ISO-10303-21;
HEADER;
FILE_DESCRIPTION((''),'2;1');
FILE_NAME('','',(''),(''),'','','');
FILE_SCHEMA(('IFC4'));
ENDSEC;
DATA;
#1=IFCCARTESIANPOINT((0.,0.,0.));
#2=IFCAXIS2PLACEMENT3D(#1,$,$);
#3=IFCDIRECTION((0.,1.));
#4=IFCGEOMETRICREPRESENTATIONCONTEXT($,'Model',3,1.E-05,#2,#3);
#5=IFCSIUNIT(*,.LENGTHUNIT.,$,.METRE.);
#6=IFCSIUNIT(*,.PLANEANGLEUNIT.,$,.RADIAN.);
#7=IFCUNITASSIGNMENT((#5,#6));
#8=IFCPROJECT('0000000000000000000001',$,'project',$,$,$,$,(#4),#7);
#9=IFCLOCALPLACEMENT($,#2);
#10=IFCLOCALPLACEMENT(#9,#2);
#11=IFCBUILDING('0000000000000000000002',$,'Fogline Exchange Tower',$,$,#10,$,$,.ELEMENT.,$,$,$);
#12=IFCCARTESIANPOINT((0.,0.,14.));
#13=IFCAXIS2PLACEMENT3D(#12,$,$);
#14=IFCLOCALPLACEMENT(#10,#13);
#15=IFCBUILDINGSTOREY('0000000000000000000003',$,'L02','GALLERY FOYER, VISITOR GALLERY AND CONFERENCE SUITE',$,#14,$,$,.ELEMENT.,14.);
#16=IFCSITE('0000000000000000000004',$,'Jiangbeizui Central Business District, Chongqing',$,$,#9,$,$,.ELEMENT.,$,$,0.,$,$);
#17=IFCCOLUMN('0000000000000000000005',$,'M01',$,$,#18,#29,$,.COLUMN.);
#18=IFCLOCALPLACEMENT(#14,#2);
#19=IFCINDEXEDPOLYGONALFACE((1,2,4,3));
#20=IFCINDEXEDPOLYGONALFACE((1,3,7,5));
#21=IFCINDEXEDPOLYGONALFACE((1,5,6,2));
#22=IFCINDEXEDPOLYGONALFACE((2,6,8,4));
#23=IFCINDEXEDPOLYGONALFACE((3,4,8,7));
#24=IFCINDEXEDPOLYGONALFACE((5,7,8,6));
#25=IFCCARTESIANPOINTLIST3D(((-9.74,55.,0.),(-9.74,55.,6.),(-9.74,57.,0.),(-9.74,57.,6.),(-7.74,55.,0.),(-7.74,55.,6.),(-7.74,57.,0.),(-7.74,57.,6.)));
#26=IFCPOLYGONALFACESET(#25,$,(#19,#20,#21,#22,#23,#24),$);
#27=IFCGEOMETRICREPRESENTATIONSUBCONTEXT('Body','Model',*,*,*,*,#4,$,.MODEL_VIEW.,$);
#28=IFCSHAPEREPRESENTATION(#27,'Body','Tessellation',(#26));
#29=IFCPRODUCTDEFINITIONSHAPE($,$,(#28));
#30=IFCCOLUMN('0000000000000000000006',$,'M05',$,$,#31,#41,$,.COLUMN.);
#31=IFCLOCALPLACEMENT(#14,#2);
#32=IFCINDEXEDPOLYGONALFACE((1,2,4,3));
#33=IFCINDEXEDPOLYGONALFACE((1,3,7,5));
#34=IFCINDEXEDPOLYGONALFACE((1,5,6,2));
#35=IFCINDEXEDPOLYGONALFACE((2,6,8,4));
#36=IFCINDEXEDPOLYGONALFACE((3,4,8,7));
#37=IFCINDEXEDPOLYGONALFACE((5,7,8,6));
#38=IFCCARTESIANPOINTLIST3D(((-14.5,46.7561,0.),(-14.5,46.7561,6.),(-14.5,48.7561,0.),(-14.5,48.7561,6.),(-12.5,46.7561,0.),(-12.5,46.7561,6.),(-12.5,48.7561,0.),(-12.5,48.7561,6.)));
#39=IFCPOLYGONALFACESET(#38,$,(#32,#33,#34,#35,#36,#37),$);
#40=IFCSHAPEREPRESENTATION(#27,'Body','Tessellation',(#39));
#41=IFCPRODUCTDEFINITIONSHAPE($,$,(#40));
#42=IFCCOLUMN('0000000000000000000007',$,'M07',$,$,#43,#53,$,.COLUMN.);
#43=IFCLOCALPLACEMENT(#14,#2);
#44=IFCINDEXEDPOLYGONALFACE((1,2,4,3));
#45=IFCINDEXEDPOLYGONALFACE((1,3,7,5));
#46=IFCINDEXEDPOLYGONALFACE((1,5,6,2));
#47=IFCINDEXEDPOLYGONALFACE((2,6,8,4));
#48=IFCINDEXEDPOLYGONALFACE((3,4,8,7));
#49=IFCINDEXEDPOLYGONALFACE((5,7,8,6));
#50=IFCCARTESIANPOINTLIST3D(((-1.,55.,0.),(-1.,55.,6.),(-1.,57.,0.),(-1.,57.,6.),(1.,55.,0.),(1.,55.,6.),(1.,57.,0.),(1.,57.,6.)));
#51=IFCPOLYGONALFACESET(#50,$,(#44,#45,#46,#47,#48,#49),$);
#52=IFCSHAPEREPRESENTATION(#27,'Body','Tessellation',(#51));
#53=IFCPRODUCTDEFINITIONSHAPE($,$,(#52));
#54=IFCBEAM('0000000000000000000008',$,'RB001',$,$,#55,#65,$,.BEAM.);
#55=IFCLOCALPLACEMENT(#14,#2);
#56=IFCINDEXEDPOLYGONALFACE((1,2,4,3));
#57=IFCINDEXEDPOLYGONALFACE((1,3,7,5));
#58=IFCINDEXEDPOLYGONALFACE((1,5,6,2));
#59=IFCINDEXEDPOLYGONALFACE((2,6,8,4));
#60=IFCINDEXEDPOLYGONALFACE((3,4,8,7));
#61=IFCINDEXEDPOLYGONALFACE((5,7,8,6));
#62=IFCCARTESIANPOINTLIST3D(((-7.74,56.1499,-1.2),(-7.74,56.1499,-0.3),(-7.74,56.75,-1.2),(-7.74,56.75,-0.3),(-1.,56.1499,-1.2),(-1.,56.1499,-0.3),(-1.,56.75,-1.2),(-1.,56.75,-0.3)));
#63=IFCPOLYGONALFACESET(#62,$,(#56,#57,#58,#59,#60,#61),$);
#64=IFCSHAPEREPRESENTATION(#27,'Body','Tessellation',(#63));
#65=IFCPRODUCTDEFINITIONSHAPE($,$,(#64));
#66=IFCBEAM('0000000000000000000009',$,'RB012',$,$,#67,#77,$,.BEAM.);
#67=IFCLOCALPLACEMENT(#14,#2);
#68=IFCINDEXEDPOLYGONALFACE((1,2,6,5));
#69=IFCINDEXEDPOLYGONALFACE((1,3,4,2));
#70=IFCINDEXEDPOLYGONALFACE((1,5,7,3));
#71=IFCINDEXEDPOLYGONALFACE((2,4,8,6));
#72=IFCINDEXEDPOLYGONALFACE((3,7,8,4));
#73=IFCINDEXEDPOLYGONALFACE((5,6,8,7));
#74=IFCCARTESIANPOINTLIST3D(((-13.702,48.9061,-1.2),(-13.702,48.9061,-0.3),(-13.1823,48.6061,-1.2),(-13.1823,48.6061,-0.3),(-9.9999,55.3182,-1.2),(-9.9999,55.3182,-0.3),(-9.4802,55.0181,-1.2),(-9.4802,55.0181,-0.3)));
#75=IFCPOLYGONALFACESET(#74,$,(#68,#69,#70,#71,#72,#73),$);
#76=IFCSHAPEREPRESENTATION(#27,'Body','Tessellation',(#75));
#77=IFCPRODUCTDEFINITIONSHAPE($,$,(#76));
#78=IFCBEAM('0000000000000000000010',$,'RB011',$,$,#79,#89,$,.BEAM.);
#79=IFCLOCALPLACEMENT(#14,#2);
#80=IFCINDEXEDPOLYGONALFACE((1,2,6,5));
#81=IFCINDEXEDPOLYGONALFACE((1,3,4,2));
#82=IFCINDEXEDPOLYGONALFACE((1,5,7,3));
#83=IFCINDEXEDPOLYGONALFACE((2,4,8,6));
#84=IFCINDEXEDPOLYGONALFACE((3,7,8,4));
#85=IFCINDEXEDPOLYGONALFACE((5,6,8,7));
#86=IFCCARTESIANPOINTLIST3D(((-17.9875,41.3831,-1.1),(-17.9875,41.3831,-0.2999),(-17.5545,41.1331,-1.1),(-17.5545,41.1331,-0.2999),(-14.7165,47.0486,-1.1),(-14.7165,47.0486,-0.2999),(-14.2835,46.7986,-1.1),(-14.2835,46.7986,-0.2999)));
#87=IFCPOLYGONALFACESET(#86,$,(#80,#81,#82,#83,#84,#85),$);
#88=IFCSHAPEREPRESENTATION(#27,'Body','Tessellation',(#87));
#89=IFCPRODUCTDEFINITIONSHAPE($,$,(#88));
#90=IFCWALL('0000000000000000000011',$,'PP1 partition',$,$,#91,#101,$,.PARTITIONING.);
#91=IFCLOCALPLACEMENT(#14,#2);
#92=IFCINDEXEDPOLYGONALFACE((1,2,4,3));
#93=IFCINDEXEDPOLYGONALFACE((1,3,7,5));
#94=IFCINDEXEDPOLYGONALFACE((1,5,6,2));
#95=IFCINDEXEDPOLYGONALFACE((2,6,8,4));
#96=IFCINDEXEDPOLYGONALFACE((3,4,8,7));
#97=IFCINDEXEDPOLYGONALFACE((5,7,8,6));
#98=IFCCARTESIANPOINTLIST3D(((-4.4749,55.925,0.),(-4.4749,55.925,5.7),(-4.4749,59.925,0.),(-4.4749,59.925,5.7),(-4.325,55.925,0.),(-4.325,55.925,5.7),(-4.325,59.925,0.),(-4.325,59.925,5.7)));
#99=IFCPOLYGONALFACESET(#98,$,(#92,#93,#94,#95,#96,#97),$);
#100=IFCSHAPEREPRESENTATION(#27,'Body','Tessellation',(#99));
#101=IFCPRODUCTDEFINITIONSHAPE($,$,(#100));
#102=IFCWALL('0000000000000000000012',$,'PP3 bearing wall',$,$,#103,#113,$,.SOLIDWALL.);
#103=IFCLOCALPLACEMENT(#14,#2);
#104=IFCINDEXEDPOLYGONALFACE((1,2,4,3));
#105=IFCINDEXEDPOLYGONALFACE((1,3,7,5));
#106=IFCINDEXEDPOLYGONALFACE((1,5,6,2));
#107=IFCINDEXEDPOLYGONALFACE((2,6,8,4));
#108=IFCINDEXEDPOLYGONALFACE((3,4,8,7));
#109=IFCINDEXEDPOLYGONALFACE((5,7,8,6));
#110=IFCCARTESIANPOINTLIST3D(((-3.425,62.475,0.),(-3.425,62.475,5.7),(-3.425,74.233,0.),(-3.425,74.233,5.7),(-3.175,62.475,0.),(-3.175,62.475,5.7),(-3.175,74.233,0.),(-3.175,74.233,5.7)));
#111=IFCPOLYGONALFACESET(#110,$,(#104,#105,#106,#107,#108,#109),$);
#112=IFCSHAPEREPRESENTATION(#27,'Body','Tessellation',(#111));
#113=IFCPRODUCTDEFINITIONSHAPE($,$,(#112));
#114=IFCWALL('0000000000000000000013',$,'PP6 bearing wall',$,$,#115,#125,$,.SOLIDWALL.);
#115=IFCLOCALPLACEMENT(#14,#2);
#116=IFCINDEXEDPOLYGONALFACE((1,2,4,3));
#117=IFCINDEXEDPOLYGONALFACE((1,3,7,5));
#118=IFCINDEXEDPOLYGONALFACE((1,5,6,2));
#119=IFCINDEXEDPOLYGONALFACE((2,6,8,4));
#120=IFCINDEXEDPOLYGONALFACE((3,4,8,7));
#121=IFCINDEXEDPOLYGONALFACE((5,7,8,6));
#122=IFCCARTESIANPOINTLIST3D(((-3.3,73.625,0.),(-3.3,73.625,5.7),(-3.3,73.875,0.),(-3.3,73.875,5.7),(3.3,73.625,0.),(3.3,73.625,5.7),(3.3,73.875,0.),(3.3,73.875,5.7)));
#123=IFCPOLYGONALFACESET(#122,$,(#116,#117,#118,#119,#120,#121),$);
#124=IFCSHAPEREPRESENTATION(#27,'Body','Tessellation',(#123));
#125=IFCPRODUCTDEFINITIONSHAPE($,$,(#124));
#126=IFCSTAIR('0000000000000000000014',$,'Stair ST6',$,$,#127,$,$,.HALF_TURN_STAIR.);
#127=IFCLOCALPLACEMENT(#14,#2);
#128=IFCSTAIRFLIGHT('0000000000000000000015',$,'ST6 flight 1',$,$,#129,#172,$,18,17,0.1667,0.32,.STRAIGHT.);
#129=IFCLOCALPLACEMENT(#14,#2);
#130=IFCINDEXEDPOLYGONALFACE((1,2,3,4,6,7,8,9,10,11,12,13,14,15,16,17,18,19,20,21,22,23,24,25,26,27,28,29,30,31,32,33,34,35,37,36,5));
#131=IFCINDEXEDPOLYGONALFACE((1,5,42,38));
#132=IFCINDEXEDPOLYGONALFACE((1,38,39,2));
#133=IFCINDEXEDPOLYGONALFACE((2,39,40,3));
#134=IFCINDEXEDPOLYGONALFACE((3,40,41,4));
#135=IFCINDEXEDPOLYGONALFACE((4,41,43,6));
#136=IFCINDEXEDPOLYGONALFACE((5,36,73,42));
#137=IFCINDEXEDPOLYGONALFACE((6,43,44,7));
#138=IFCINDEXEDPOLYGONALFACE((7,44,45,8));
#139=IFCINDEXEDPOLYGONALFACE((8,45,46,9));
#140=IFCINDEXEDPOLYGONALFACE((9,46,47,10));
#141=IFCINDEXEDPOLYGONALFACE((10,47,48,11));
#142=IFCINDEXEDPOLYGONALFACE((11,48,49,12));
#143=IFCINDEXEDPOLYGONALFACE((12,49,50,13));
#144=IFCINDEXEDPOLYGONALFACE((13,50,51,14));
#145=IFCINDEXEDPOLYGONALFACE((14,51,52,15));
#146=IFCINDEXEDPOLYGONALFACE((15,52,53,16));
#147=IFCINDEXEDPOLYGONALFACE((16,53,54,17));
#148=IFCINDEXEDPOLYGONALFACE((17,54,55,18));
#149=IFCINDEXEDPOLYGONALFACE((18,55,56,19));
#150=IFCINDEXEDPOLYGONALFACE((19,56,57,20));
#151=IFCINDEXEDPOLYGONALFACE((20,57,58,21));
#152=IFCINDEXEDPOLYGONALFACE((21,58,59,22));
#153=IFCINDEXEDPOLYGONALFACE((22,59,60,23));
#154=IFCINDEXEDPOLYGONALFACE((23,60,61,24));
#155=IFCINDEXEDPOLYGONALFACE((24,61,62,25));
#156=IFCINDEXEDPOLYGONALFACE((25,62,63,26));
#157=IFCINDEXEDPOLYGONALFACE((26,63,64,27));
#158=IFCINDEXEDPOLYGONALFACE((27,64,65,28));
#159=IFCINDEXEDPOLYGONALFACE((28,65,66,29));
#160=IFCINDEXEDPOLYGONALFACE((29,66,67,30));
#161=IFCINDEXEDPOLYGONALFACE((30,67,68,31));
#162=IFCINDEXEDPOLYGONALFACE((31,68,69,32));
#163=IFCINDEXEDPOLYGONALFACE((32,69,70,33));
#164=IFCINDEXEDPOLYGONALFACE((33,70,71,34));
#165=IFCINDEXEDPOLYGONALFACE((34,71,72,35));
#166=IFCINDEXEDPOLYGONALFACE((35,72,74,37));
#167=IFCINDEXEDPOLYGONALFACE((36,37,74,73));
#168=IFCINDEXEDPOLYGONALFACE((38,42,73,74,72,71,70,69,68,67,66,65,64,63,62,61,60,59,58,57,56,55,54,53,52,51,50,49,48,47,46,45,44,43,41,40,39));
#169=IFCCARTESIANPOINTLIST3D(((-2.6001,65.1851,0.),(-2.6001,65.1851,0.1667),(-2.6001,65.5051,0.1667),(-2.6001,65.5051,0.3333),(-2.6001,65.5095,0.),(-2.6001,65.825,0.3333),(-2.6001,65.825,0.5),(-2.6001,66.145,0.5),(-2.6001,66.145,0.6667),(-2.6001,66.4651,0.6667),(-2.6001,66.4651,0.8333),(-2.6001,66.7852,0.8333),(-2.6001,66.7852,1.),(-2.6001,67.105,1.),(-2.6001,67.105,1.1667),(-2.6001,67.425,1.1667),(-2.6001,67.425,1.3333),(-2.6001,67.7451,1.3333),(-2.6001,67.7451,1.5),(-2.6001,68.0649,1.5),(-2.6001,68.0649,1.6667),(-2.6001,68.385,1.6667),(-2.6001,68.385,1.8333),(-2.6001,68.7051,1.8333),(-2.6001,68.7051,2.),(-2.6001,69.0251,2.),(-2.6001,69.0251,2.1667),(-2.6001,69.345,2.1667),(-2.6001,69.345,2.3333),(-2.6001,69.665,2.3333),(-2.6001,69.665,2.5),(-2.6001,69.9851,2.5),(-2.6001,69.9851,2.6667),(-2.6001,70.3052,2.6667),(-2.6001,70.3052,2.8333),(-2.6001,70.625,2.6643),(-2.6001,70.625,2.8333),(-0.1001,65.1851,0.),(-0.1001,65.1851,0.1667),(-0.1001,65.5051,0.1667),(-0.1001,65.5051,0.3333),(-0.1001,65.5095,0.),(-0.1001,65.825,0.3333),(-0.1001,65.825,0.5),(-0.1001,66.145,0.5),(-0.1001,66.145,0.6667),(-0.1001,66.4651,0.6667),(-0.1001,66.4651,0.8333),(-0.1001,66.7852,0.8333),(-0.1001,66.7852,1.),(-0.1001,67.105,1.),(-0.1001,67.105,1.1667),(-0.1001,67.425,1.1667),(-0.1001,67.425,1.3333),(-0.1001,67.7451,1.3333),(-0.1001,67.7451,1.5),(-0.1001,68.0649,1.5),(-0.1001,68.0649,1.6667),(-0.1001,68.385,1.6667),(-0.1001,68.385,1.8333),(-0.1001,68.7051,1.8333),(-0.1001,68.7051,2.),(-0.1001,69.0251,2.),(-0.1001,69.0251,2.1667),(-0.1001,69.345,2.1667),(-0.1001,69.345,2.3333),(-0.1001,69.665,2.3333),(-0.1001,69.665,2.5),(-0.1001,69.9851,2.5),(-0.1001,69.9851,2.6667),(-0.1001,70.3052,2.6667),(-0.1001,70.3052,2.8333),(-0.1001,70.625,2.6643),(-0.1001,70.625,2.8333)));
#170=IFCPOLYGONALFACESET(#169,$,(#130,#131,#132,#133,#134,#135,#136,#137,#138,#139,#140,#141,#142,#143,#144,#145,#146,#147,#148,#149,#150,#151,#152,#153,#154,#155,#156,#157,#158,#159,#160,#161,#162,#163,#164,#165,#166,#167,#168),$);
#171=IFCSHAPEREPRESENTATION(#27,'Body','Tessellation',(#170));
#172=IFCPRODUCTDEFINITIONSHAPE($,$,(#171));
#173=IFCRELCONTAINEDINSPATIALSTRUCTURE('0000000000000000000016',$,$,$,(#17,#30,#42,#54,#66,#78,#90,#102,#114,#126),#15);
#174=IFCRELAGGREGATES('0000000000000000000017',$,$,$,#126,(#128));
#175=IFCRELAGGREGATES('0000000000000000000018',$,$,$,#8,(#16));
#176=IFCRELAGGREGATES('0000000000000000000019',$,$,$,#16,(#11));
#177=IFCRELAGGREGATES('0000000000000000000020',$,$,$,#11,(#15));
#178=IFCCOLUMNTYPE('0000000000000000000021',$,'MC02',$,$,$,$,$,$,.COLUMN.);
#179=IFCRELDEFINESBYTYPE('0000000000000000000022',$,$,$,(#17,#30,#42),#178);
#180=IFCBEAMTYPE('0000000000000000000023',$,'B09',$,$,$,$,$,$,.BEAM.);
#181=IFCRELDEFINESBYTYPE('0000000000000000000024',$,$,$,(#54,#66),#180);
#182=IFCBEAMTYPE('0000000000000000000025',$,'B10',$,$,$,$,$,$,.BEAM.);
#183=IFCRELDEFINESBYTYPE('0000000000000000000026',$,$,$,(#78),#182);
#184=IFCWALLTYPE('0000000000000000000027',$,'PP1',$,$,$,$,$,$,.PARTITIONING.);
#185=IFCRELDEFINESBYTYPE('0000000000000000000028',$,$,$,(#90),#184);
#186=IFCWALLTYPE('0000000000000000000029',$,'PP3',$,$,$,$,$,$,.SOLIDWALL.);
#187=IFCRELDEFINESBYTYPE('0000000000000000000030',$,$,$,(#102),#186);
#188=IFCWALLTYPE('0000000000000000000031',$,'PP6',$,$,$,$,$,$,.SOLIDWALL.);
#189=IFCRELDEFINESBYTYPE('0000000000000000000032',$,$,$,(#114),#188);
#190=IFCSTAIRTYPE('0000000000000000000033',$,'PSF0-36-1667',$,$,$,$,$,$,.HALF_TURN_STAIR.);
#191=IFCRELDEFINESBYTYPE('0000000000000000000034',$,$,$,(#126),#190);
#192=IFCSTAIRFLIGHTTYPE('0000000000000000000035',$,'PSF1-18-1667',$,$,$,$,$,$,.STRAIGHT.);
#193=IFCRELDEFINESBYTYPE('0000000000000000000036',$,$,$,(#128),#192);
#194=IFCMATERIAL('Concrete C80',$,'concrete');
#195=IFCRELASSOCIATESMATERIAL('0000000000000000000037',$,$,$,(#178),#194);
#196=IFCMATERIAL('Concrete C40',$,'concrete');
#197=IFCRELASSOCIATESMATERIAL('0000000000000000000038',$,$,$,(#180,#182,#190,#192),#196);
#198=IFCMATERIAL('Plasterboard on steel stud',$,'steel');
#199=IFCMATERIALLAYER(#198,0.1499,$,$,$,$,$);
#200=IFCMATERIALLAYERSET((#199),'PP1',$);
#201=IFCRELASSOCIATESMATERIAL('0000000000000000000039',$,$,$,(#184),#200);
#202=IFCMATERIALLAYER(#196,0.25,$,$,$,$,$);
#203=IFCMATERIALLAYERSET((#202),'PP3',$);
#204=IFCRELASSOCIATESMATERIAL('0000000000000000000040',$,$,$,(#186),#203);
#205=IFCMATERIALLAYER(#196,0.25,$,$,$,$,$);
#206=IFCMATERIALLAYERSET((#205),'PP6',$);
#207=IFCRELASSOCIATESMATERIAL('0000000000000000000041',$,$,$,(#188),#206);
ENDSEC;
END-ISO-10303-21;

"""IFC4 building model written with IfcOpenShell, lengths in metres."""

from ifc_helpers import new_model, si_unit, direction, frame, frame_2d, origin, origin_2d, place, context, subcontext, project, spatial, polyline, rectangle, outline, extrude, material, layer, layer_set, material_profile, profile_set, type_object, element, aggregate, save


model = new_model("IFC4")

# Units and contexts
model_context = context("Model", 3, precision=1e-05, world=origin(), true_north=direction((0.0, 1.0)))
body_context = subcontext(model_context, "Body", "Model", "MODEL_VIEW")
ifc_project = project(units=[si_unit("LENGTHUNIT", "METRE"), si_unit("PLANEANGLEUNIT", "RADIAN")], contexts=[model_context])

# Site, building, storey
site_placement = place(None, origin())
site = spatial("IfcSite", under=ifc_project, at=site_placement, Name="Jiangbeizui Central Business District, Chongqing", CompositionType="ELEMENT", RefElevation=0.0)
building_placement = place(site_placement, origin())
building = spatial("IfcBuilding", under=site, at=building_placement, Name="Fogline Exchange Tower", CompositionType="ELEMENT")
storey_placement = place(building_placement, frame((0.0, 0.0, 14.0)))
storey = spatial("IfcBuildingStorey", under=building, at=storey_placement, Name="L02", Description="GALLERY FOYER, VISITOR GALLERY AND CONFERENCE SUITE", CompositionType="ELEMENT", Elevation=14.0)

# Columns
ifc_material_1 = material(Name="Concrete C80", Category="concrete")
ifc_material_profile_1 = material_profile(ifc_material_1, rectangle(XDim=2.0, YDim=2.0, at=origin_2d()), Name="RC 2000x2000")
ifc_profile_set_1 = profile_set([ifc_material_profile_1], Name="Concrete C80")
column_type = type_object("IfcColumnType", Name="MC02", PredefinedType="COLUMN", material=ifc_profile_set_1)
for number, where, z_axis, x_axis, name in (
    (1, (-8.74, 56.0, 0.0), (0.0, 0.0, 1.0), (1.0, 0.0, 0.0), "M01"),
    (2, (-13.5, 47.7561, 0.0), (0.0, 0.0, 1.0), (1.0, 0.0, 0.0), "M05"),
    (3, (0.0, 56.0, 0.0), (0.0, 0.0, 1.0), (1.0, 0.0, 0.0), "M07"),
):
    element("IfcColumn", number, at=place(storey_placement, frame(where, z_axis=z_axis, x_axis=x_axis)), inside=storey, type_object=column_type, Name=name, PredefinedType="COLUMN", context=body_context, shape_type="SweptSolid", body=[
        extrude(rectangle(XDim=2.0, YDim=2.0, at=origin_2d()), origin(), (0.0, 0.0, 1.0), 6.0),
    ])

# Beams
ifc_material_2 = material(Name="Concrete C40", Category="concrete")
ifc_material_profile_2 = material_profile(ifc_material_2, rectangle(XDim=0.6001, YDim=0.8999, at=origin_2d()), Name="RC 600x900")
ifc_profile_set_2 = profile_set([ifc_material_profile_2], Name="Concrete C40")
beam_type_1 = type_object("IfcBeamType", Name="B09", PredefinedType="BEAM", material=ifc_profile_set_2)
beam_1_placement = place(storey_placement, frame((-7.74, 56.45, -0.75), z_axis=(1.0, 0.0, 0.0), x_axis=(0.0, 1.0, 0.0)))
element("IfcBeam", 4, at=beam_1_placement, inside=storey, type_object=beam_type_1, Name="RB001", PredefinedType="BEAM", context=body_context, shape_type="SweptSolid", body=[
    extrude(rectangle(XDim=0.6001, YDim=0.8999, at=origin_2d()), origin(), (0.0, 0.0, 1.0), 6.74),
])
beam_2_placement = place(storey_placement, frame((-13.4421, 48.7561, -0.75), z_axis=(0.500012, 0.866019, 0.0), x_axis=(-0.866019, 0.500012, 0.0)))
element("IfcBeam", 5, at=beam_2_placement, inside=storey, type_object=beam_type_1, Name="RB012", PredefinedType="BEAM", context=body_context, shape_type="SweptSolid", body=[
    extrude(rectangle(XDim=0.6001, YDim=0.8999, at=origin_2d()), origin(), (0.0, 0.0, 1.0), 7.4041),
])
ifc_material_profile_3 = material_profile(ifc_material_2, rectangle(XDim=0.5, YDim=0.8, at=origin_2d()), Name="RC 500x800")
ifc_profile_set_3 = profile_set([ifc_material_profile_3], Name="Concrete C40")
beam_type_2 = type_object("IfcBeamType", Name="B10", PredefinedType="BEAM", material=ifc_profile_set_3)
beam_3_placement = place(storey_placement, frame((-17.771, 41.2581, -0.7), z_axis=(0.5, 0.866025, 0.0), x_axis=(-0.866025, 0.5, 0.0)))
element("IfcBeam", 6, at=beam_3_placement, inside=storey, type_object=beam_type_2, Name="RB011", PredefinedType="BEAM", context=body_context, shape_type="SweptSolid", body=[
    extrude(rectangle(XDim=0.5, YDim=0.8, at=origin_2d()), origin(), (0.0, 0.0, 1.0), 6.542),
])

# Shared definitions
ifc_material_3 = material(Name="Plasterboard on steel stud", Category="steel")
ifc_layer_1 = layer(ifc_material_3, 0.1499)
ifc_layer_set_1 = layer_set([ifc_layer_1], Name="PP1")
wall_type_1 = type_object("IfcWallType", Name="PP1", PredefinedType="PARTITIONING", material=ifc_layer_set_1)

# Wall
wall_1_placement = place(storey_placement, frame((-4.3999, 59.925, 0.0), z_axis=(0.0, 0.0, 1.0), x_axis=(0.0, -1.0, 0.0)))
element("IfcWall", 7, at=wall_1_placement, inside=storey, type_object=wall_type_1, Name="PP1 partition", PredefinedType="PARTITIONING", context=body_context, shape_type="SweptSolid", body=[
    extrude(rectangle(XDim=4.0, YDim=0.1499, at=frame_2d((2.0, 0.0))), origin(), (0.0, 0.0, 1.0), 5.7),
])

# Walls
ifc_layer_2 = layer(ifc_material_2, 0.25)
ifc_layer_set_2 = layer_set([ifc_layer_2], Name="PP3")
wall_type_2 = type_object("IfcWallType", Name="PP3", PredefinedType="SOLIDWALL", material=ifc_layer_set_2)
wall_2_placement = place(storey_placement, frame((-3.3, 62.4751, 0.0), z_axis=(0.0, 0.0, 1.0), x_axis=(0.0, 1.0, 0.0)))
element("IfcWall", 8, at=wall_2_placement, inside=storey, type_object=wall_type_2, Name="PP3 bearing wall", PredefinedType="SOLIDWALL", context=body_context, shape_type="SweptSolid", body=[
    extrude(rectangle(XDim=11.7581, YDim=0.25, at=frame_2d((5.8789, 0.0))), origin(), (0.0, 0.0, 1.0), 5.7),
])
ifc_layer_3 = layer(ifc_material_2, 0.25)
ifc_layer_set_3 = layer_set([ifc_layer_3], Name="PP6")
wall_type_3 = type_object("IfcWallType", Name="PP6", PredefinedType="SOLIDWALL", material=ifc_layer_set_3)
wall_3_placement = place(storey_placement, frame((-3.3, 73.75, 0.0), z_axis=(0.0, 0.0, 1.0), x_axis=(1.0, 0.0, 0.0)))
element("IfcWall", 9, at=wall_3_placement, inside=storey, type_object=wall_type_3, Name="PP6 bearing wall", PredefinedType="SOLIDWALL", context=body_context, shape_type="SweptSolid", body=[
    extrude(rectangle(XDim=6.6001, YDim=0.25, at=frame_2d((3.3, 0.0))), origin(), (0.0, 0.0, 1.0), 5.7),
])

# Stair, stair flight
stair_type = type_object("IfcStairType", Name="PSF0-36-1667", PredefinedType="HALF_TURN_STAIR", material=ifc_material_2)
stair_placement = place(storey_placement, origin())
stair = element("IfcStair", 10, at=stair_placement, inside=storey, type_object=stair_type, Name="Stair ST6", PredefinedType="HALF_TURN_STAIR")
stair_flight_type = type_object("IfcStairFlightType", Name="PSF1-18-1667", PredefinedType="STRAIGHT", material=ifc_material_2)
stair_flight_placement = place(storey_placement, frame((-1.3501, 65.1851, 0.0), z_axis=(0.0, 0.0, 1.0), x_axis=(0.0, 1.0, 0.0)))
stair_flight = element("IfcStairFlight", 11, at=stair_flight_placement, type_object=stair_flight_type, Name="ST6 flight 1", NumberOfRisers=18, NumberOfTreads=17, PredefinedType="STRAIGHT", RiserHeight=0.1667, TreadLength=0.32, context=body_context, shape_type="SweptSolid", body=[
    extrude(outline(polyline([(0.0, 0.0), (0.0, 0.1667), (0.3201, 0.1667), (0.3201, 0.3333), (0.6399, 0.3333), (0.6399, 0.5), (0.96, 0.5), (0.96, 0.6667), (1.28, 0.6667), (1.28, 0.8333), (1.6001, 0.8333), (1.6001, 1.0), (1.9199, 1.0), (1.9199, 1.1667), (2.24, 1.1667), (2.24, 1.3333), (2.5601, 1.3333), (2.5601, 1.5), (2.8799, 1.5), (2.8799, 1.6667), (3.2, 1.6667), (3.2, 1.8333), (3.52, 1.8333), (3.52, 2.0), (3.8401, 2.0), (3.8401, 2.1667), (4.1599, 2.1667), (4.1599, 2.3333), (4.48, 2.3333), (4.48, 2.5), (4.8, 2.5), (4.8, 2.6667), (5.1201, 2.6667), (5.1201, 2.8333), (5.4399, 2.8333), (5.4399, 3.0), (5.4399, 2.6643), (0.3245, 0.0), (0.0, 0.0)])), frame((0.0, 1.25, 0.0), z_axis=(0.0, -1.0, 0.0), x_axis=(1.0, 0.0, 0.0)), (0.0, 0.0, 1.0), 2.5),
])
aggregate(stair, [stair_flight])

save(model, "model.ifc")
